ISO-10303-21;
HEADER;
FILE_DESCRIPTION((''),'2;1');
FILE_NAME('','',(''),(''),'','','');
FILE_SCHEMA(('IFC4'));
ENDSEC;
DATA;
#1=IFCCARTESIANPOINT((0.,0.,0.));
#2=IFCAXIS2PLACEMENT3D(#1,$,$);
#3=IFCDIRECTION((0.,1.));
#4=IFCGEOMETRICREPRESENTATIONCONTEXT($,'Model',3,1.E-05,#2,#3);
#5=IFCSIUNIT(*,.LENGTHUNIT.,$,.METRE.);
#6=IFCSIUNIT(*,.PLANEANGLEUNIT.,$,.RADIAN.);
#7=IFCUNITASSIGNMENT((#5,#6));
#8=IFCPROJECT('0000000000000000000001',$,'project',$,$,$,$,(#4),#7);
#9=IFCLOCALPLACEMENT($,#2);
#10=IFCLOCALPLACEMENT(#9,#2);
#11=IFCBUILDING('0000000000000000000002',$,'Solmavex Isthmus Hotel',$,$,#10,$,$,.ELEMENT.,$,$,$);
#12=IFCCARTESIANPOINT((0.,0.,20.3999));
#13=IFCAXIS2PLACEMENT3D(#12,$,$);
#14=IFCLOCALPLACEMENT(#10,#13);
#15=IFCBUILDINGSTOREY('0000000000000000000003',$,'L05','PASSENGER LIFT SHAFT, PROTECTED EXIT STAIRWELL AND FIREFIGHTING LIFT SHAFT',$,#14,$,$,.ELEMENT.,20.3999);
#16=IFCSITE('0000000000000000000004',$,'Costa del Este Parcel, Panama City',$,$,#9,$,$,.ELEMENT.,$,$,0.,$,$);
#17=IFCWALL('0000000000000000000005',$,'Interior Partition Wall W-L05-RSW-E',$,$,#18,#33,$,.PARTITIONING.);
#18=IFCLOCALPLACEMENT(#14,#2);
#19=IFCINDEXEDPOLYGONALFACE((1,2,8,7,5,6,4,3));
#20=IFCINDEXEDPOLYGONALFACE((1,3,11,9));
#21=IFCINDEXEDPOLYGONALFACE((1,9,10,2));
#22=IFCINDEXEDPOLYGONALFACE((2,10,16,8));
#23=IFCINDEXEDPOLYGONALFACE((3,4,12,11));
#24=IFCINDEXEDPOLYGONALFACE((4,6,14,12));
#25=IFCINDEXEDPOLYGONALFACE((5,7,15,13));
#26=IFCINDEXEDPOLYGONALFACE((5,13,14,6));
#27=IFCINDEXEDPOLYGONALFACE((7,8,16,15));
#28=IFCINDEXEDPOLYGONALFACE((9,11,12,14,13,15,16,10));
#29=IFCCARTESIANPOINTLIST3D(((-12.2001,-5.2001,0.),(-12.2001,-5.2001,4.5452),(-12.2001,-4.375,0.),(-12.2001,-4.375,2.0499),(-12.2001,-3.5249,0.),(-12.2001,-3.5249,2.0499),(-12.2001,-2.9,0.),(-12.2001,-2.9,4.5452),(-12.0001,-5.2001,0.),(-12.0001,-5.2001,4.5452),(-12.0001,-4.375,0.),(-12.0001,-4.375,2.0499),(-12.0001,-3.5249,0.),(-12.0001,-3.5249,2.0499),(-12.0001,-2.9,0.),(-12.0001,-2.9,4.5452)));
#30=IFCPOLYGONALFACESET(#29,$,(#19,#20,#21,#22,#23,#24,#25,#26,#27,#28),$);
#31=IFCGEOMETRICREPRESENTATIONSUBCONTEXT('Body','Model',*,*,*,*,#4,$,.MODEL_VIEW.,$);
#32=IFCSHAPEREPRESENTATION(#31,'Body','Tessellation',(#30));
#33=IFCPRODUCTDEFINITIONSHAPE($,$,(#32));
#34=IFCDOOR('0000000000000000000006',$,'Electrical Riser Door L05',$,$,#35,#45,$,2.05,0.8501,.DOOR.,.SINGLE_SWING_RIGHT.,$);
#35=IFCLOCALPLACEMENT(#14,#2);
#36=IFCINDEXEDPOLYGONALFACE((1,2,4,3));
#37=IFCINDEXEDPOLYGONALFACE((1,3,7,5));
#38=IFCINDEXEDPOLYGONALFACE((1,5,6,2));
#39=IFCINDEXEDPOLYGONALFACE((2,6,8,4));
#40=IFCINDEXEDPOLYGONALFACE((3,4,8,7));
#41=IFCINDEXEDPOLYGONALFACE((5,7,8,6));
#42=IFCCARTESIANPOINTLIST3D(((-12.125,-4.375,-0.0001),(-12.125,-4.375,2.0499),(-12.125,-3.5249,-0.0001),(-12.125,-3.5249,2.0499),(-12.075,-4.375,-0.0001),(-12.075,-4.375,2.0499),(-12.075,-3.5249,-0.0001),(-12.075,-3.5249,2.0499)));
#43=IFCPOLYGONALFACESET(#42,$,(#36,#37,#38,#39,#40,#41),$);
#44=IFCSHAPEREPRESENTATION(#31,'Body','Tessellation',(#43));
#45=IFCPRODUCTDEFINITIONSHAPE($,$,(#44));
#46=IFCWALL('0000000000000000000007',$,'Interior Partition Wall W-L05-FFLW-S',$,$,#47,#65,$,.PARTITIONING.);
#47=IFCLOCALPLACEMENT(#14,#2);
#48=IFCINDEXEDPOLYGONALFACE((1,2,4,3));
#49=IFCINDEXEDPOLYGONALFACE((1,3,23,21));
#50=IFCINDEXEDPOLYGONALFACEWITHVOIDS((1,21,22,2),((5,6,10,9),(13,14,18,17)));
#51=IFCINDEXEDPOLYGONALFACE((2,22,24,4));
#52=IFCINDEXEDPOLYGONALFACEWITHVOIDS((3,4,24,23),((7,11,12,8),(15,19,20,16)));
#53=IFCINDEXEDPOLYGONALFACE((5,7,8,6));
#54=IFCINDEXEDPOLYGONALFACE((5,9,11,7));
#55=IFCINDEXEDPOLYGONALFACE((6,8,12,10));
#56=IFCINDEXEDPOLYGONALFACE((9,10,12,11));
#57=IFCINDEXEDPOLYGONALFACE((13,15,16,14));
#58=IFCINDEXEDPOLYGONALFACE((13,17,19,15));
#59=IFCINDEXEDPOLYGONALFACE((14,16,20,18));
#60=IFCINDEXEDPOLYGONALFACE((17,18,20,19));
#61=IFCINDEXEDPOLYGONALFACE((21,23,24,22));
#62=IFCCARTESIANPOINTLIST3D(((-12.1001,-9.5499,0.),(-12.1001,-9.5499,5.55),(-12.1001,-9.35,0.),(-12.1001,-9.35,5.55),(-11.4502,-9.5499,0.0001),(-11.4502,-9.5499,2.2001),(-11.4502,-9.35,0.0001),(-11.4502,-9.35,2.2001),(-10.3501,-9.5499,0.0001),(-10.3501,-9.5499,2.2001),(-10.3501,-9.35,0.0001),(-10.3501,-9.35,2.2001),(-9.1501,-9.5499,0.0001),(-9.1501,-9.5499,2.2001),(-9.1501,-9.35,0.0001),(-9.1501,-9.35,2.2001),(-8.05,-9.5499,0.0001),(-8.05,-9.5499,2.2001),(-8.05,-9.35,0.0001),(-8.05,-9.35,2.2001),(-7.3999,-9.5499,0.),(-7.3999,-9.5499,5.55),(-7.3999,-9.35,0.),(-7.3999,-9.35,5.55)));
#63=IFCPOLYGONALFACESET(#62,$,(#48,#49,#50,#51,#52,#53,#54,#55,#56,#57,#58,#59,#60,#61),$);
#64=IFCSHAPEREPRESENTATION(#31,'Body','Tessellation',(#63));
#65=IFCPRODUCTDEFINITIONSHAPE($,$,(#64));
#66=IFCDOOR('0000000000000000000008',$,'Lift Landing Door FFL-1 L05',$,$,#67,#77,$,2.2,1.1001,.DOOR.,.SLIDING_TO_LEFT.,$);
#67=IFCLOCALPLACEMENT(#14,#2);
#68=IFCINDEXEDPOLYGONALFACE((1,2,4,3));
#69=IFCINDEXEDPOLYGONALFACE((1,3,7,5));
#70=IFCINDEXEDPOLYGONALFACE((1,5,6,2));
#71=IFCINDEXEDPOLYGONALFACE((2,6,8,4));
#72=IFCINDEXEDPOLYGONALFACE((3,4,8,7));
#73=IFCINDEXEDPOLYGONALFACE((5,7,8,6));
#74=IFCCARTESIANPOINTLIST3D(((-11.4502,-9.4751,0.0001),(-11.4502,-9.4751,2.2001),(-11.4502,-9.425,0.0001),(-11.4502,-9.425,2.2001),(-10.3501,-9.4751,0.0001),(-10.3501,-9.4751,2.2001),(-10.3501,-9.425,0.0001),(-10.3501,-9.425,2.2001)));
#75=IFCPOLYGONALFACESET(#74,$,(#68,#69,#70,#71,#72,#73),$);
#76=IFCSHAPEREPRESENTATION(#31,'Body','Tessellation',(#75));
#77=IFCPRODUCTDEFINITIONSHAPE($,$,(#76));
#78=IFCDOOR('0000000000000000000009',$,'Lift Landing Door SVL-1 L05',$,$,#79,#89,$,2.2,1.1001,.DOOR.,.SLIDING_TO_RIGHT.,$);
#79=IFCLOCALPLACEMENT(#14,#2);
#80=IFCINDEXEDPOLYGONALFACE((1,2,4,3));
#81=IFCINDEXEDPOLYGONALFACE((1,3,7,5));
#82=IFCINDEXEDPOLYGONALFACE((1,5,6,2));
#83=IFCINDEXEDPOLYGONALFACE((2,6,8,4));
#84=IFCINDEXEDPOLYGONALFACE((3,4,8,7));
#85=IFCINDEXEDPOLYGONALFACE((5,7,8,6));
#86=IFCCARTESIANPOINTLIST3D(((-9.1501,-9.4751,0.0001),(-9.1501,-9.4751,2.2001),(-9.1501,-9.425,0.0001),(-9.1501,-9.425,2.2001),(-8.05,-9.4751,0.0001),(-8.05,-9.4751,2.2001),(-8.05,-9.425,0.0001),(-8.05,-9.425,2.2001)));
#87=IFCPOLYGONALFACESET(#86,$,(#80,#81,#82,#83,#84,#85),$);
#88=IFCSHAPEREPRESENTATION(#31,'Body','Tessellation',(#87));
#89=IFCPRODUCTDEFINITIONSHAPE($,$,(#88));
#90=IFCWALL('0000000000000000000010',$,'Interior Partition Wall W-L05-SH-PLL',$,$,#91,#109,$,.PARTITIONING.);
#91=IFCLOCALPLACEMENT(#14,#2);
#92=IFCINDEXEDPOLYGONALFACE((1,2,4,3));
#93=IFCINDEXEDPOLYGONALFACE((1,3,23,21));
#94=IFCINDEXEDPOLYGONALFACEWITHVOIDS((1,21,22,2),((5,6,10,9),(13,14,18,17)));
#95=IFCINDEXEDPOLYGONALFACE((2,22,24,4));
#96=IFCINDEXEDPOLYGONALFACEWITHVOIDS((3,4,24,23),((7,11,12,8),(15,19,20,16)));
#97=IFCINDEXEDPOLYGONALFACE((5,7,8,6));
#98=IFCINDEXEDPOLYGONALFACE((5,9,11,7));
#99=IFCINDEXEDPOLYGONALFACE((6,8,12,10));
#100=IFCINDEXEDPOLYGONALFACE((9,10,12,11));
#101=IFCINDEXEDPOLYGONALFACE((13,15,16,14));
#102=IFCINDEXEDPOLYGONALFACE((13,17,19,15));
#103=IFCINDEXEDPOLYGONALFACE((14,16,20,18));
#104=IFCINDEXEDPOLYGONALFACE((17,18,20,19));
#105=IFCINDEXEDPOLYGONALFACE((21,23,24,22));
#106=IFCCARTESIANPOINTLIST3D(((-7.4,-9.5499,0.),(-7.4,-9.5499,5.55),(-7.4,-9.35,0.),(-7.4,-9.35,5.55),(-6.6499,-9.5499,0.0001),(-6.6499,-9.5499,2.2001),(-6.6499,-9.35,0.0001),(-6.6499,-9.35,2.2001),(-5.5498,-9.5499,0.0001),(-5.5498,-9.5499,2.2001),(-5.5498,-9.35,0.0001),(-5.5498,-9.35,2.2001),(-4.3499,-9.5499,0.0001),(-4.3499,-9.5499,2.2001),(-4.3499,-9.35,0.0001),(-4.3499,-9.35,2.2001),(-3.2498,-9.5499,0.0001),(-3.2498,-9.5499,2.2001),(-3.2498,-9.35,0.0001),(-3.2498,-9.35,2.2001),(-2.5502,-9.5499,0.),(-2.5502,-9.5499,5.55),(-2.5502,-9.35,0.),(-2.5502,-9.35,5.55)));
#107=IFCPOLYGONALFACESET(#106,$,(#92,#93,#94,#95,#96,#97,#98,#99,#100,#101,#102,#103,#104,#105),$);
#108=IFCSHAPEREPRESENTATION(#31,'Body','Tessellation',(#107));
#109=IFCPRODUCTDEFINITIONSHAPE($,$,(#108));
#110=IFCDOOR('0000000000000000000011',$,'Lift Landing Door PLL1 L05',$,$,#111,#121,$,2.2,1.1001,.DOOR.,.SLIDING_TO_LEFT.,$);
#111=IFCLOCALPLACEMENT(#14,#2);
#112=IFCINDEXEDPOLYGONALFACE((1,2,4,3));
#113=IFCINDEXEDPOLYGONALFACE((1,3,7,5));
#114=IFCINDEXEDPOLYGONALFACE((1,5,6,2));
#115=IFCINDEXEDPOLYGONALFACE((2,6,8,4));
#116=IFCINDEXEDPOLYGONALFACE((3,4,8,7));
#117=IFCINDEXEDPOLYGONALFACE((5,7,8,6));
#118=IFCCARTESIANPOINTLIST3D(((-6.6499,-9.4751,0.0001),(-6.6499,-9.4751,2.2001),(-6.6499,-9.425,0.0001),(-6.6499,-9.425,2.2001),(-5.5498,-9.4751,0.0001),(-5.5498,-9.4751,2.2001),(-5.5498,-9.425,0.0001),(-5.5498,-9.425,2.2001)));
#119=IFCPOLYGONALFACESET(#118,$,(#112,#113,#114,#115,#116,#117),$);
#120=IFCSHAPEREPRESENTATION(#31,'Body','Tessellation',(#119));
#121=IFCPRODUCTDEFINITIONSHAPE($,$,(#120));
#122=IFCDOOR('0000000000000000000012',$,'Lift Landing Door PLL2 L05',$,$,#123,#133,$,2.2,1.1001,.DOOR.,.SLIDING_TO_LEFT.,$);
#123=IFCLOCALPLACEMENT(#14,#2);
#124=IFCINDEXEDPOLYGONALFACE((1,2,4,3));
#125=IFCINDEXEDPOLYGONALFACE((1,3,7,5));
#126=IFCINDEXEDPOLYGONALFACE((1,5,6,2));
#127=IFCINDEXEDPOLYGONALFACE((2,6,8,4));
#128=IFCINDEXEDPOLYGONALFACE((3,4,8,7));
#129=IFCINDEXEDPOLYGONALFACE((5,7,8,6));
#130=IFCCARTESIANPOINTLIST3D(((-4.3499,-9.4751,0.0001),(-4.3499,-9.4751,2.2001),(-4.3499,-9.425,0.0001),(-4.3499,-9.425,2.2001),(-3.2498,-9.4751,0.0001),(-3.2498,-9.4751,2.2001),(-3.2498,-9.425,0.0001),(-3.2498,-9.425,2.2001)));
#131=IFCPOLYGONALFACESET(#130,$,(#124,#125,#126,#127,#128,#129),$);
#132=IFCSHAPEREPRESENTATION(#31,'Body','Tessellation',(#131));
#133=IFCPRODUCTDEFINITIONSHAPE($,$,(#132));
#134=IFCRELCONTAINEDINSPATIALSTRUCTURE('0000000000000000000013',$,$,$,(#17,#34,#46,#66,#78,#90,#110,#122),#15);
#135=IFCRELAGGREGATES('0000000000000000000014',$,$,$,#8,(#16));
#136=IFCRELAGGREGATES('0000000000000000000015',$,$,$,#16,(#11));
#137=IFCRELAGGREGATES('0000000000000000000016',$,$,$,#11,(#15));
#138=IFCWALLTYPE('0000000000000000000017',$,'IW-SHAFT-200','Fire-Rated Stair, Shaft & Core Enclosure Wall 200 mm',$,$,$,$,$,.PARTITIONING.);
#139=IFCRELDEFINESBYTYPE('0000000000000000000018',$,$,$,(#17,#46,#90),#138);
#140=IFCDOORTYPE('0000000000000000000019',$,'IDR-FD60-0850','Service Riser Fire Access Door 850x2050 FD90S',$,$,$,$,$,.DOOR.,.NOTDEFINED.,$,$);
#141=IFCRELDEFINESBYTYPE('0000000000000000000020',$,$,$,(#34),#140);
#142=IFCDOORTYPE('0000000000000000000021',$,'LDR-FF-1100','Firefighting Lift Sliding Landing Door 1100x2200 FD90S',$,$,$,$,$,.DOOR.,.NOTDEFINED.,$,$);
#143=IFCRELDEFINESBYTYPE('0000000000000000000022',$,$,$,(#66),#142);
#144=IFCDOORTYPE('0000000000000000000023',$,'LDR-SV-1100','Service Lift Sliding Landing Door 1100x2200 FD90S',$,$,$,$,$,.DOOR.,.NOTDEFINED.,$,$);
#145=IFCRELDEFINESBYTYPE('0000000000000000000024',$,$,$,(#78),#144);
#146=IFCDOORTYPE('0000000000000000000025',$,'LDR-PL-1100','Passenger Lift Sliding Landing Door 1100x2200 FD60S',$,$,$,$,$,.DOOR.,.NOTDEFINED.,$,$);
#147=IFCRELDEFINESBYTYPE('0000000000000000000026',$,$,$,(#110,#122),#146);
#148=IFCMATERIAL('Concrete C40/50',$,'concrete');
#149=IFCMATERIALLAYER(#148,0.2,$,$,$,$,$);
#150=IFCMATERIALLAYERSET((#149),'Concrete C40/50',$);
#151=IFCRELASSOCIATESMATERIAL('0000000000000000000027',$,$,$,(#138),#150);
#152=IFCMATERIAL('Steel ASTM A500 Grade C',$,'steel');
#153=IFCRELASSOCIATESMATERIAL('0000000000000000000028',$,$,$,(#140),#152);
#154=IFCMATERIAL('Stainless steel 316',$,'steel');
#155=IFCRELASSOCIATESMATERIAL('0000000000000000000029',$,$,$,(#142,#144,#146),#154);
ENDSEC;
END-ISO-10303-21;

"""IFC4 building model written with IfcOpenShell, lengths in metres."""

from ifc_helpers import new_model, si_unit, direction, frame, frame_2d, origin, place, context, subcontext, project, spatial, rectangle, extrude, material, layer, layer_set, type_object, element, fill, save


model = new_model("IFC4")

# Units and contexts
model_context = context("Model", 3, precision=1e-05, world=origin(), true_north=direction((0.0, 1.0)))
body_context = subcontext(model_context, "Body", "Model", "MODEL_VIEW")
ifc_project = project(units=[si_unit("LENGTHUNIT", "METRE"), si_unit("PLANEANGLEUNIT", "RADIAN")], contexts=[model_context])

# Site, building, storey
site_placement = place(None, origin())
site = spatial("IfcSite", under=ifc_project, at=site_placement, Name="Costa del Este Parcel, Panama City", CompositionType="ELEMENT", RefElevation=0.0)
building_placement = place(site_placement, origin())
building = spatial("IfcBuilding", under=site, at=building_placement, Name="Solmavex Isthmus Hotel", CompositionType="ELEMENT")
storey_placement = place(building_placement, frame((0.0, 0.0, 20.3999)))
storey = spatial("IfcBuildingStorey", under=building, at=storey_placement, Name="L05", Description="PASSENGER LIFT SHAFT, PROTECTED EXIT STAIRWELL AND FIREFIGHTING LIFT SHAFT", CompositionType="ELEMENT", Elevation=20.3999)

# Wall, opening, door
ifc_material_1 = material(Name="Concrete C40/50", Category="concrete")
ifc_layer_1 = layer(ifc_material_1, 0.2)
ifc_layer_set_1 = layer_set([ifc_layer_1], Name="Concrete C40/50")
wall_type_1 = type_object("IfcWallType", Name="IW-SHAFT-200", Description="Fire-Rated Stair, Shaft & Core Enclosure Wall 200 mm", PredefinedType="PARTITIONING", material=ifc_layer_set_1)
wall_1_placement = place(storey_placement, frame((-12.1001, -5.2, 0.0), z_axis=(0.0, 0.0, 1.0), x_axis=(0.0, 1.0, 0.0)))
wall_1 = element("IfcWall", 1, at=wall_1_placement, inside=storey, type_object=wall_type_1, Name="Interior Partition Wall W-L05-RSW-E", PredefinedType="PARTITIONING", context=body_context, shape_type="SweptSolid", body=[
    extrude(rectangle(XDim=2.3, YDim=0.2, at=frame_2d((1.1499, 0.0))), origin(), (0.0, 0.0, 1.0), 4.5452),
])
opening_1_placement = place(wall_1_placement, frame((0.825, 0.0, 0.0)))
opening_1 = element("IfcOpeningElement", 2, at=opening_1_placement, cuts=wall_1, PredefinedType="OPENING", context=body_context, shape_type="SweptSolid", body=[
    extrude(rectangle(XDim=0.8501, YDim=2.05, at=frame_2d((0.425, 1.0249))), frame((0.0, 0.1099, 0.0), z_axis=(0.0, -1.0, 0.0), x_axis=(1.0, 0.0, 0.0)), (0.0, 0.0, 1.0), 0.22),
])
ifc_material_2 = material(Name="Steel ASTM A500 Grade C", Category="steel")
door_type_1 = type_object("IfcDoorType", Name="IDR-FD60-0850", Description="Service Riser Fire Access Door 850x2050 FD90S", OperationType="NOTDEFINED", PredefinedType="DOOR", material=ifc_material_2)
door_1_placement = place(opening_1_placement, origin())
door_1 = element("IfcDoor", 3, at=door_1_placement, inside=storey, type_object=door_type_1, Name="Electrical Riser Door L05", OperationType="SINGLE_SWING_RIGHT", OverallHeight=2.05, OverallWidth=0.8501, PredefinedType="DOOR", context=body_context, shape_type="SweptSolid", body=[
    extrude(rectangle(XDim=0.8501, YDim=2.05, at=frame_2d((0.425, 1.0249))), frame((0.0, 0.0249, 0.0), z_axis=(0.0, -1.0, 0.0), x_axis=(1.0, 0.0, 0.0)), (0.0, 0.0, 1.0), 0.05),
])
fill(opening_1, door_1)

# Walls, openings, doors
wall_2_placement = place(storey_placement, frame((-12.1001, -9.45, 0.0), z_axis=(0.0, 0.0, 1.0), x_axis=(1.0, 0.0, 0.0)))
wall_2 = element("IfcWall", 4, at=wall_2_placement, inside=storey, type_object=wall_type_1, Name="Interior Partition Wall W-L05-FFLW-S", PredefinedType="PARTITIONING", context=body_context, shape_type="SweptSolid", body=[
    extrude(rectangle(XDim=4.7002, YDim=0.2, at=frame_2d((2.3501, 0.0))), origin(), (0.0, 0.0, 1.0), 5.55),
])
opening_2_placement = place(wall_2_placement, frame((0.6499, 0.0, 0.0)))
opening_2 = element("IfcOpeningElement", 5, at=opening_2_placement, cuts=wall_2, PredefinedType="OPENING", context=body_context, shape_type="SweptSolid", body=[
    extrude(rectangle(XDim=1.1001, YDim=2.2, at=frame_2d((0.55, 1.1001))), frame((0.0, 0.1099, 0.0), z_axis=(0.0, -1.0, 0.0), x_axis=(1.0, 0.0, 0.0)), (0.0, 0.0, 1.0), 0.22),
])
opening_3_placement = place(wall_2_placement, frame((2.95, 0.0, 0.0)))
opening_3 = element("IfcOpeningElement", 6, at=opening_3_placement, cuts=wall_2, PredefinedType="OPENING", context=body_context, shape_type="SweptSolid", body=[
    extrude(rectangle(XDim=1.1001, YDim=2.2, at=frame_2d((0.55, 1.1001))), frame((0.0, 0.1099, 0.0), z_axis=(0.0, -1.0, 0.0), x_axis=(1.0, 0.0, 0.0)), (0.0, 0.0, 1.0), 0.22),
])
ifc_material_3 = material(Name="Stainless steel 316", Category="steel")
door_type_2 = type_object("IfcDoorType", Name="LDR-FF-1100", Description="Firefighting Lift Sliding Landing Door 1100x2200 FD90S", OperationType="NOTDEFINED", PredefinedType="DOOR", material=ifc_material_3)
door_2_placement = place(opening_2_placement, origin())
door_2 = element("IfcDoor", 7, at=door_2_placement, inside=storey, type_object=door_type_2, Name="Lift Landing Door FFL-1 L05", OperationType="SLIDING_TO_LEFT", OverallHeight=2.2, OverallWidth=1.1001, PredefinedType="DOOR", context=body_context, shape_type="SweptSolid", body=[
    extrude(rectangle(XDim=1.1001, YDim=2.2, at=frame_2d((0.55, 1.1001))), frame((0.0, 0.0249, 0.0), z_axis=(0.0, -1.0, 0.0), x_axis=(1.0, 0.0, 0.0)), (0.0, 0.0, 1.0), 0.05),
])
fill(opening_2, door_2)
door_type_3 = type_object("IfcDoorType", Name="LDR-SV-1100", Description="Service Lift Sliding Landing Door 1100x2200 FD90S", OperationType="NOTDEFINED", PredefinedType="DOOR", material=ifc_material_3)
door_3_placement = place(opening_3_placement, origin())
door_3 = element("IfcDoor", 8, at=door_3_placement, inside=storey, type_object=door_type_3, Name="Lift Landing Door SVL-1 L05", OperationType="SLIDING_TO_RIGHT", OverallHeight=2.2, OverallWidth=1.1001, PredefinedType="DOOR", context=body_context, shape_type="SweptSolid", body=[
    extrude(rectangle(XDim=1.1001, YDim=2.2, at=frame_2d((0.55, 1.1001))), frame((0.0, 0.0249, 0.0), z_axis=(0.0, -1.0, 0.0), x_axis=(1.0, 0.0, 0.0)), (0.0, 0.0, 1.0), 0.05),
])
fill(opening_3, door_3)
wall_3_placement = place(storey_placement, frame((-7.3999, -9.45, 0.0), z_axis=(0.0, 0.0, 1.0), x_axis=(1.0, 0.0, 0.0)))
wall_3 = element("IfcWall", 9, at=wall_3_placement, inside=storey, type_object=wall_type_1, Name="Interior Partition Wall W-L05-SH-PLL", PredefinedType="PARTITIONING", context=body_context, shape_type="SweptSolid", body=[
    extrude(rectangle(XDim=4.8499, YDim=0.2, at=frame_2d((2.4248, 0.0))), origin(), (0.0, 0.0, 1.0), 5.55),
])
opening_4_placement = place(wall_3_placement, frame((0.75, 0.0, 0.0)))
opening_4 = element("IfcOpeningElement", 10, at=opening_4_placement, cuts=wall_3, PredefinedType="OPENING", context=body_context, shape_type="SweptSolid", body=[
    extrude(rectangle(XDim=1.1001, YDim=2.2, at=frame_2d((0.55, 1.1001))), frame((0.0, 0.1099, 0.0), z_axis=(0.0, -1.0, 0.0), x_axis=(1.0, 0.0, 0.0)), (0.0, 0.0, 1.0), 0.22),
])
opening_5_placement = place(wall_3_placement, frame((3.05, 0.0, 0.0)))
opening_5 = element("IfcOpeningElement", 11, at=opening_5_placement, cuts=wall_3, PredefinedType="OPENING", context=body_context, shape_type="SweptSolid", body=[
    extrude(rectangle(XDim=1.1001, YDim=2.2, at=frame_2d((0.55, 1.1001))), frame((0.0, 0.1099, 0.0), z_axis=(0.0, -1.0, 0.0), x_axis=(1.0, 0.0, 0.0)), (0.0, 0.0, 1.0), 0.22),
])
door_type_4 = type_object("IfcDoorType", Name="LDR-PL-1100", Description="Passenger Lift Sliding Landing Door 1100x2200 FD60S", OperationType="NOTDEFINED", PredefinedType="DOOR", material=ifc_material_3)
door_4_placement = place(opening_4_placement, origin())
door_4 = element("IfcDoor", 12, at=door_4_placement, inside=storey, type_object=door_type_4, Name="Lift Landing Door PLL1 L05", OperationType="SLIDING_TO_LEFT", OverallHeight=2.2, OverallWidth=1.1001, PredefinedType="DOOR", context=body_context, shape_type="SweptSolid", body=[
    extrude(rectangle(XDim=1.1001, YDim=2.2, at=frame_2d((0.55, 1.1001))), frame((0.0, 0.0249, 0.0), z_axis=(0.0, -1.0, 0.0), x_axis=(1.0, 0.0, 0.0)), (0.0, 0.0, 1.0), 0.05),
])
fill(opening_4, door_4)
door_5_placement = place(opening_5_placement, origin())
door_5 = element("IfcDoor", 13, at=door_5_placement, inside=storey, type_object=door_type_4, Name="Lift Landing Door PLL2 L05", OperationType="SLIDING_TO_LEFT", OverallHeight=2.2, OverallWidth=1.1001, PredefinedType="DOOR", context=body_context, shape_type="SweptSolid", body=[
    extrude(rectangle(XDim=1.1001, YDim=2.2, at=frame_2d((0.55, 1.1001))), frame((0.0, 0.0249, 0.0), z_axis=(0.0, -1.0, 0.0), x_axis=(1.0, 0.0, 0.0)), (0.0, 0.0, 1.0), 0.05),
])
fill(opening_5, door_5)

save(model, "model.ifc")
